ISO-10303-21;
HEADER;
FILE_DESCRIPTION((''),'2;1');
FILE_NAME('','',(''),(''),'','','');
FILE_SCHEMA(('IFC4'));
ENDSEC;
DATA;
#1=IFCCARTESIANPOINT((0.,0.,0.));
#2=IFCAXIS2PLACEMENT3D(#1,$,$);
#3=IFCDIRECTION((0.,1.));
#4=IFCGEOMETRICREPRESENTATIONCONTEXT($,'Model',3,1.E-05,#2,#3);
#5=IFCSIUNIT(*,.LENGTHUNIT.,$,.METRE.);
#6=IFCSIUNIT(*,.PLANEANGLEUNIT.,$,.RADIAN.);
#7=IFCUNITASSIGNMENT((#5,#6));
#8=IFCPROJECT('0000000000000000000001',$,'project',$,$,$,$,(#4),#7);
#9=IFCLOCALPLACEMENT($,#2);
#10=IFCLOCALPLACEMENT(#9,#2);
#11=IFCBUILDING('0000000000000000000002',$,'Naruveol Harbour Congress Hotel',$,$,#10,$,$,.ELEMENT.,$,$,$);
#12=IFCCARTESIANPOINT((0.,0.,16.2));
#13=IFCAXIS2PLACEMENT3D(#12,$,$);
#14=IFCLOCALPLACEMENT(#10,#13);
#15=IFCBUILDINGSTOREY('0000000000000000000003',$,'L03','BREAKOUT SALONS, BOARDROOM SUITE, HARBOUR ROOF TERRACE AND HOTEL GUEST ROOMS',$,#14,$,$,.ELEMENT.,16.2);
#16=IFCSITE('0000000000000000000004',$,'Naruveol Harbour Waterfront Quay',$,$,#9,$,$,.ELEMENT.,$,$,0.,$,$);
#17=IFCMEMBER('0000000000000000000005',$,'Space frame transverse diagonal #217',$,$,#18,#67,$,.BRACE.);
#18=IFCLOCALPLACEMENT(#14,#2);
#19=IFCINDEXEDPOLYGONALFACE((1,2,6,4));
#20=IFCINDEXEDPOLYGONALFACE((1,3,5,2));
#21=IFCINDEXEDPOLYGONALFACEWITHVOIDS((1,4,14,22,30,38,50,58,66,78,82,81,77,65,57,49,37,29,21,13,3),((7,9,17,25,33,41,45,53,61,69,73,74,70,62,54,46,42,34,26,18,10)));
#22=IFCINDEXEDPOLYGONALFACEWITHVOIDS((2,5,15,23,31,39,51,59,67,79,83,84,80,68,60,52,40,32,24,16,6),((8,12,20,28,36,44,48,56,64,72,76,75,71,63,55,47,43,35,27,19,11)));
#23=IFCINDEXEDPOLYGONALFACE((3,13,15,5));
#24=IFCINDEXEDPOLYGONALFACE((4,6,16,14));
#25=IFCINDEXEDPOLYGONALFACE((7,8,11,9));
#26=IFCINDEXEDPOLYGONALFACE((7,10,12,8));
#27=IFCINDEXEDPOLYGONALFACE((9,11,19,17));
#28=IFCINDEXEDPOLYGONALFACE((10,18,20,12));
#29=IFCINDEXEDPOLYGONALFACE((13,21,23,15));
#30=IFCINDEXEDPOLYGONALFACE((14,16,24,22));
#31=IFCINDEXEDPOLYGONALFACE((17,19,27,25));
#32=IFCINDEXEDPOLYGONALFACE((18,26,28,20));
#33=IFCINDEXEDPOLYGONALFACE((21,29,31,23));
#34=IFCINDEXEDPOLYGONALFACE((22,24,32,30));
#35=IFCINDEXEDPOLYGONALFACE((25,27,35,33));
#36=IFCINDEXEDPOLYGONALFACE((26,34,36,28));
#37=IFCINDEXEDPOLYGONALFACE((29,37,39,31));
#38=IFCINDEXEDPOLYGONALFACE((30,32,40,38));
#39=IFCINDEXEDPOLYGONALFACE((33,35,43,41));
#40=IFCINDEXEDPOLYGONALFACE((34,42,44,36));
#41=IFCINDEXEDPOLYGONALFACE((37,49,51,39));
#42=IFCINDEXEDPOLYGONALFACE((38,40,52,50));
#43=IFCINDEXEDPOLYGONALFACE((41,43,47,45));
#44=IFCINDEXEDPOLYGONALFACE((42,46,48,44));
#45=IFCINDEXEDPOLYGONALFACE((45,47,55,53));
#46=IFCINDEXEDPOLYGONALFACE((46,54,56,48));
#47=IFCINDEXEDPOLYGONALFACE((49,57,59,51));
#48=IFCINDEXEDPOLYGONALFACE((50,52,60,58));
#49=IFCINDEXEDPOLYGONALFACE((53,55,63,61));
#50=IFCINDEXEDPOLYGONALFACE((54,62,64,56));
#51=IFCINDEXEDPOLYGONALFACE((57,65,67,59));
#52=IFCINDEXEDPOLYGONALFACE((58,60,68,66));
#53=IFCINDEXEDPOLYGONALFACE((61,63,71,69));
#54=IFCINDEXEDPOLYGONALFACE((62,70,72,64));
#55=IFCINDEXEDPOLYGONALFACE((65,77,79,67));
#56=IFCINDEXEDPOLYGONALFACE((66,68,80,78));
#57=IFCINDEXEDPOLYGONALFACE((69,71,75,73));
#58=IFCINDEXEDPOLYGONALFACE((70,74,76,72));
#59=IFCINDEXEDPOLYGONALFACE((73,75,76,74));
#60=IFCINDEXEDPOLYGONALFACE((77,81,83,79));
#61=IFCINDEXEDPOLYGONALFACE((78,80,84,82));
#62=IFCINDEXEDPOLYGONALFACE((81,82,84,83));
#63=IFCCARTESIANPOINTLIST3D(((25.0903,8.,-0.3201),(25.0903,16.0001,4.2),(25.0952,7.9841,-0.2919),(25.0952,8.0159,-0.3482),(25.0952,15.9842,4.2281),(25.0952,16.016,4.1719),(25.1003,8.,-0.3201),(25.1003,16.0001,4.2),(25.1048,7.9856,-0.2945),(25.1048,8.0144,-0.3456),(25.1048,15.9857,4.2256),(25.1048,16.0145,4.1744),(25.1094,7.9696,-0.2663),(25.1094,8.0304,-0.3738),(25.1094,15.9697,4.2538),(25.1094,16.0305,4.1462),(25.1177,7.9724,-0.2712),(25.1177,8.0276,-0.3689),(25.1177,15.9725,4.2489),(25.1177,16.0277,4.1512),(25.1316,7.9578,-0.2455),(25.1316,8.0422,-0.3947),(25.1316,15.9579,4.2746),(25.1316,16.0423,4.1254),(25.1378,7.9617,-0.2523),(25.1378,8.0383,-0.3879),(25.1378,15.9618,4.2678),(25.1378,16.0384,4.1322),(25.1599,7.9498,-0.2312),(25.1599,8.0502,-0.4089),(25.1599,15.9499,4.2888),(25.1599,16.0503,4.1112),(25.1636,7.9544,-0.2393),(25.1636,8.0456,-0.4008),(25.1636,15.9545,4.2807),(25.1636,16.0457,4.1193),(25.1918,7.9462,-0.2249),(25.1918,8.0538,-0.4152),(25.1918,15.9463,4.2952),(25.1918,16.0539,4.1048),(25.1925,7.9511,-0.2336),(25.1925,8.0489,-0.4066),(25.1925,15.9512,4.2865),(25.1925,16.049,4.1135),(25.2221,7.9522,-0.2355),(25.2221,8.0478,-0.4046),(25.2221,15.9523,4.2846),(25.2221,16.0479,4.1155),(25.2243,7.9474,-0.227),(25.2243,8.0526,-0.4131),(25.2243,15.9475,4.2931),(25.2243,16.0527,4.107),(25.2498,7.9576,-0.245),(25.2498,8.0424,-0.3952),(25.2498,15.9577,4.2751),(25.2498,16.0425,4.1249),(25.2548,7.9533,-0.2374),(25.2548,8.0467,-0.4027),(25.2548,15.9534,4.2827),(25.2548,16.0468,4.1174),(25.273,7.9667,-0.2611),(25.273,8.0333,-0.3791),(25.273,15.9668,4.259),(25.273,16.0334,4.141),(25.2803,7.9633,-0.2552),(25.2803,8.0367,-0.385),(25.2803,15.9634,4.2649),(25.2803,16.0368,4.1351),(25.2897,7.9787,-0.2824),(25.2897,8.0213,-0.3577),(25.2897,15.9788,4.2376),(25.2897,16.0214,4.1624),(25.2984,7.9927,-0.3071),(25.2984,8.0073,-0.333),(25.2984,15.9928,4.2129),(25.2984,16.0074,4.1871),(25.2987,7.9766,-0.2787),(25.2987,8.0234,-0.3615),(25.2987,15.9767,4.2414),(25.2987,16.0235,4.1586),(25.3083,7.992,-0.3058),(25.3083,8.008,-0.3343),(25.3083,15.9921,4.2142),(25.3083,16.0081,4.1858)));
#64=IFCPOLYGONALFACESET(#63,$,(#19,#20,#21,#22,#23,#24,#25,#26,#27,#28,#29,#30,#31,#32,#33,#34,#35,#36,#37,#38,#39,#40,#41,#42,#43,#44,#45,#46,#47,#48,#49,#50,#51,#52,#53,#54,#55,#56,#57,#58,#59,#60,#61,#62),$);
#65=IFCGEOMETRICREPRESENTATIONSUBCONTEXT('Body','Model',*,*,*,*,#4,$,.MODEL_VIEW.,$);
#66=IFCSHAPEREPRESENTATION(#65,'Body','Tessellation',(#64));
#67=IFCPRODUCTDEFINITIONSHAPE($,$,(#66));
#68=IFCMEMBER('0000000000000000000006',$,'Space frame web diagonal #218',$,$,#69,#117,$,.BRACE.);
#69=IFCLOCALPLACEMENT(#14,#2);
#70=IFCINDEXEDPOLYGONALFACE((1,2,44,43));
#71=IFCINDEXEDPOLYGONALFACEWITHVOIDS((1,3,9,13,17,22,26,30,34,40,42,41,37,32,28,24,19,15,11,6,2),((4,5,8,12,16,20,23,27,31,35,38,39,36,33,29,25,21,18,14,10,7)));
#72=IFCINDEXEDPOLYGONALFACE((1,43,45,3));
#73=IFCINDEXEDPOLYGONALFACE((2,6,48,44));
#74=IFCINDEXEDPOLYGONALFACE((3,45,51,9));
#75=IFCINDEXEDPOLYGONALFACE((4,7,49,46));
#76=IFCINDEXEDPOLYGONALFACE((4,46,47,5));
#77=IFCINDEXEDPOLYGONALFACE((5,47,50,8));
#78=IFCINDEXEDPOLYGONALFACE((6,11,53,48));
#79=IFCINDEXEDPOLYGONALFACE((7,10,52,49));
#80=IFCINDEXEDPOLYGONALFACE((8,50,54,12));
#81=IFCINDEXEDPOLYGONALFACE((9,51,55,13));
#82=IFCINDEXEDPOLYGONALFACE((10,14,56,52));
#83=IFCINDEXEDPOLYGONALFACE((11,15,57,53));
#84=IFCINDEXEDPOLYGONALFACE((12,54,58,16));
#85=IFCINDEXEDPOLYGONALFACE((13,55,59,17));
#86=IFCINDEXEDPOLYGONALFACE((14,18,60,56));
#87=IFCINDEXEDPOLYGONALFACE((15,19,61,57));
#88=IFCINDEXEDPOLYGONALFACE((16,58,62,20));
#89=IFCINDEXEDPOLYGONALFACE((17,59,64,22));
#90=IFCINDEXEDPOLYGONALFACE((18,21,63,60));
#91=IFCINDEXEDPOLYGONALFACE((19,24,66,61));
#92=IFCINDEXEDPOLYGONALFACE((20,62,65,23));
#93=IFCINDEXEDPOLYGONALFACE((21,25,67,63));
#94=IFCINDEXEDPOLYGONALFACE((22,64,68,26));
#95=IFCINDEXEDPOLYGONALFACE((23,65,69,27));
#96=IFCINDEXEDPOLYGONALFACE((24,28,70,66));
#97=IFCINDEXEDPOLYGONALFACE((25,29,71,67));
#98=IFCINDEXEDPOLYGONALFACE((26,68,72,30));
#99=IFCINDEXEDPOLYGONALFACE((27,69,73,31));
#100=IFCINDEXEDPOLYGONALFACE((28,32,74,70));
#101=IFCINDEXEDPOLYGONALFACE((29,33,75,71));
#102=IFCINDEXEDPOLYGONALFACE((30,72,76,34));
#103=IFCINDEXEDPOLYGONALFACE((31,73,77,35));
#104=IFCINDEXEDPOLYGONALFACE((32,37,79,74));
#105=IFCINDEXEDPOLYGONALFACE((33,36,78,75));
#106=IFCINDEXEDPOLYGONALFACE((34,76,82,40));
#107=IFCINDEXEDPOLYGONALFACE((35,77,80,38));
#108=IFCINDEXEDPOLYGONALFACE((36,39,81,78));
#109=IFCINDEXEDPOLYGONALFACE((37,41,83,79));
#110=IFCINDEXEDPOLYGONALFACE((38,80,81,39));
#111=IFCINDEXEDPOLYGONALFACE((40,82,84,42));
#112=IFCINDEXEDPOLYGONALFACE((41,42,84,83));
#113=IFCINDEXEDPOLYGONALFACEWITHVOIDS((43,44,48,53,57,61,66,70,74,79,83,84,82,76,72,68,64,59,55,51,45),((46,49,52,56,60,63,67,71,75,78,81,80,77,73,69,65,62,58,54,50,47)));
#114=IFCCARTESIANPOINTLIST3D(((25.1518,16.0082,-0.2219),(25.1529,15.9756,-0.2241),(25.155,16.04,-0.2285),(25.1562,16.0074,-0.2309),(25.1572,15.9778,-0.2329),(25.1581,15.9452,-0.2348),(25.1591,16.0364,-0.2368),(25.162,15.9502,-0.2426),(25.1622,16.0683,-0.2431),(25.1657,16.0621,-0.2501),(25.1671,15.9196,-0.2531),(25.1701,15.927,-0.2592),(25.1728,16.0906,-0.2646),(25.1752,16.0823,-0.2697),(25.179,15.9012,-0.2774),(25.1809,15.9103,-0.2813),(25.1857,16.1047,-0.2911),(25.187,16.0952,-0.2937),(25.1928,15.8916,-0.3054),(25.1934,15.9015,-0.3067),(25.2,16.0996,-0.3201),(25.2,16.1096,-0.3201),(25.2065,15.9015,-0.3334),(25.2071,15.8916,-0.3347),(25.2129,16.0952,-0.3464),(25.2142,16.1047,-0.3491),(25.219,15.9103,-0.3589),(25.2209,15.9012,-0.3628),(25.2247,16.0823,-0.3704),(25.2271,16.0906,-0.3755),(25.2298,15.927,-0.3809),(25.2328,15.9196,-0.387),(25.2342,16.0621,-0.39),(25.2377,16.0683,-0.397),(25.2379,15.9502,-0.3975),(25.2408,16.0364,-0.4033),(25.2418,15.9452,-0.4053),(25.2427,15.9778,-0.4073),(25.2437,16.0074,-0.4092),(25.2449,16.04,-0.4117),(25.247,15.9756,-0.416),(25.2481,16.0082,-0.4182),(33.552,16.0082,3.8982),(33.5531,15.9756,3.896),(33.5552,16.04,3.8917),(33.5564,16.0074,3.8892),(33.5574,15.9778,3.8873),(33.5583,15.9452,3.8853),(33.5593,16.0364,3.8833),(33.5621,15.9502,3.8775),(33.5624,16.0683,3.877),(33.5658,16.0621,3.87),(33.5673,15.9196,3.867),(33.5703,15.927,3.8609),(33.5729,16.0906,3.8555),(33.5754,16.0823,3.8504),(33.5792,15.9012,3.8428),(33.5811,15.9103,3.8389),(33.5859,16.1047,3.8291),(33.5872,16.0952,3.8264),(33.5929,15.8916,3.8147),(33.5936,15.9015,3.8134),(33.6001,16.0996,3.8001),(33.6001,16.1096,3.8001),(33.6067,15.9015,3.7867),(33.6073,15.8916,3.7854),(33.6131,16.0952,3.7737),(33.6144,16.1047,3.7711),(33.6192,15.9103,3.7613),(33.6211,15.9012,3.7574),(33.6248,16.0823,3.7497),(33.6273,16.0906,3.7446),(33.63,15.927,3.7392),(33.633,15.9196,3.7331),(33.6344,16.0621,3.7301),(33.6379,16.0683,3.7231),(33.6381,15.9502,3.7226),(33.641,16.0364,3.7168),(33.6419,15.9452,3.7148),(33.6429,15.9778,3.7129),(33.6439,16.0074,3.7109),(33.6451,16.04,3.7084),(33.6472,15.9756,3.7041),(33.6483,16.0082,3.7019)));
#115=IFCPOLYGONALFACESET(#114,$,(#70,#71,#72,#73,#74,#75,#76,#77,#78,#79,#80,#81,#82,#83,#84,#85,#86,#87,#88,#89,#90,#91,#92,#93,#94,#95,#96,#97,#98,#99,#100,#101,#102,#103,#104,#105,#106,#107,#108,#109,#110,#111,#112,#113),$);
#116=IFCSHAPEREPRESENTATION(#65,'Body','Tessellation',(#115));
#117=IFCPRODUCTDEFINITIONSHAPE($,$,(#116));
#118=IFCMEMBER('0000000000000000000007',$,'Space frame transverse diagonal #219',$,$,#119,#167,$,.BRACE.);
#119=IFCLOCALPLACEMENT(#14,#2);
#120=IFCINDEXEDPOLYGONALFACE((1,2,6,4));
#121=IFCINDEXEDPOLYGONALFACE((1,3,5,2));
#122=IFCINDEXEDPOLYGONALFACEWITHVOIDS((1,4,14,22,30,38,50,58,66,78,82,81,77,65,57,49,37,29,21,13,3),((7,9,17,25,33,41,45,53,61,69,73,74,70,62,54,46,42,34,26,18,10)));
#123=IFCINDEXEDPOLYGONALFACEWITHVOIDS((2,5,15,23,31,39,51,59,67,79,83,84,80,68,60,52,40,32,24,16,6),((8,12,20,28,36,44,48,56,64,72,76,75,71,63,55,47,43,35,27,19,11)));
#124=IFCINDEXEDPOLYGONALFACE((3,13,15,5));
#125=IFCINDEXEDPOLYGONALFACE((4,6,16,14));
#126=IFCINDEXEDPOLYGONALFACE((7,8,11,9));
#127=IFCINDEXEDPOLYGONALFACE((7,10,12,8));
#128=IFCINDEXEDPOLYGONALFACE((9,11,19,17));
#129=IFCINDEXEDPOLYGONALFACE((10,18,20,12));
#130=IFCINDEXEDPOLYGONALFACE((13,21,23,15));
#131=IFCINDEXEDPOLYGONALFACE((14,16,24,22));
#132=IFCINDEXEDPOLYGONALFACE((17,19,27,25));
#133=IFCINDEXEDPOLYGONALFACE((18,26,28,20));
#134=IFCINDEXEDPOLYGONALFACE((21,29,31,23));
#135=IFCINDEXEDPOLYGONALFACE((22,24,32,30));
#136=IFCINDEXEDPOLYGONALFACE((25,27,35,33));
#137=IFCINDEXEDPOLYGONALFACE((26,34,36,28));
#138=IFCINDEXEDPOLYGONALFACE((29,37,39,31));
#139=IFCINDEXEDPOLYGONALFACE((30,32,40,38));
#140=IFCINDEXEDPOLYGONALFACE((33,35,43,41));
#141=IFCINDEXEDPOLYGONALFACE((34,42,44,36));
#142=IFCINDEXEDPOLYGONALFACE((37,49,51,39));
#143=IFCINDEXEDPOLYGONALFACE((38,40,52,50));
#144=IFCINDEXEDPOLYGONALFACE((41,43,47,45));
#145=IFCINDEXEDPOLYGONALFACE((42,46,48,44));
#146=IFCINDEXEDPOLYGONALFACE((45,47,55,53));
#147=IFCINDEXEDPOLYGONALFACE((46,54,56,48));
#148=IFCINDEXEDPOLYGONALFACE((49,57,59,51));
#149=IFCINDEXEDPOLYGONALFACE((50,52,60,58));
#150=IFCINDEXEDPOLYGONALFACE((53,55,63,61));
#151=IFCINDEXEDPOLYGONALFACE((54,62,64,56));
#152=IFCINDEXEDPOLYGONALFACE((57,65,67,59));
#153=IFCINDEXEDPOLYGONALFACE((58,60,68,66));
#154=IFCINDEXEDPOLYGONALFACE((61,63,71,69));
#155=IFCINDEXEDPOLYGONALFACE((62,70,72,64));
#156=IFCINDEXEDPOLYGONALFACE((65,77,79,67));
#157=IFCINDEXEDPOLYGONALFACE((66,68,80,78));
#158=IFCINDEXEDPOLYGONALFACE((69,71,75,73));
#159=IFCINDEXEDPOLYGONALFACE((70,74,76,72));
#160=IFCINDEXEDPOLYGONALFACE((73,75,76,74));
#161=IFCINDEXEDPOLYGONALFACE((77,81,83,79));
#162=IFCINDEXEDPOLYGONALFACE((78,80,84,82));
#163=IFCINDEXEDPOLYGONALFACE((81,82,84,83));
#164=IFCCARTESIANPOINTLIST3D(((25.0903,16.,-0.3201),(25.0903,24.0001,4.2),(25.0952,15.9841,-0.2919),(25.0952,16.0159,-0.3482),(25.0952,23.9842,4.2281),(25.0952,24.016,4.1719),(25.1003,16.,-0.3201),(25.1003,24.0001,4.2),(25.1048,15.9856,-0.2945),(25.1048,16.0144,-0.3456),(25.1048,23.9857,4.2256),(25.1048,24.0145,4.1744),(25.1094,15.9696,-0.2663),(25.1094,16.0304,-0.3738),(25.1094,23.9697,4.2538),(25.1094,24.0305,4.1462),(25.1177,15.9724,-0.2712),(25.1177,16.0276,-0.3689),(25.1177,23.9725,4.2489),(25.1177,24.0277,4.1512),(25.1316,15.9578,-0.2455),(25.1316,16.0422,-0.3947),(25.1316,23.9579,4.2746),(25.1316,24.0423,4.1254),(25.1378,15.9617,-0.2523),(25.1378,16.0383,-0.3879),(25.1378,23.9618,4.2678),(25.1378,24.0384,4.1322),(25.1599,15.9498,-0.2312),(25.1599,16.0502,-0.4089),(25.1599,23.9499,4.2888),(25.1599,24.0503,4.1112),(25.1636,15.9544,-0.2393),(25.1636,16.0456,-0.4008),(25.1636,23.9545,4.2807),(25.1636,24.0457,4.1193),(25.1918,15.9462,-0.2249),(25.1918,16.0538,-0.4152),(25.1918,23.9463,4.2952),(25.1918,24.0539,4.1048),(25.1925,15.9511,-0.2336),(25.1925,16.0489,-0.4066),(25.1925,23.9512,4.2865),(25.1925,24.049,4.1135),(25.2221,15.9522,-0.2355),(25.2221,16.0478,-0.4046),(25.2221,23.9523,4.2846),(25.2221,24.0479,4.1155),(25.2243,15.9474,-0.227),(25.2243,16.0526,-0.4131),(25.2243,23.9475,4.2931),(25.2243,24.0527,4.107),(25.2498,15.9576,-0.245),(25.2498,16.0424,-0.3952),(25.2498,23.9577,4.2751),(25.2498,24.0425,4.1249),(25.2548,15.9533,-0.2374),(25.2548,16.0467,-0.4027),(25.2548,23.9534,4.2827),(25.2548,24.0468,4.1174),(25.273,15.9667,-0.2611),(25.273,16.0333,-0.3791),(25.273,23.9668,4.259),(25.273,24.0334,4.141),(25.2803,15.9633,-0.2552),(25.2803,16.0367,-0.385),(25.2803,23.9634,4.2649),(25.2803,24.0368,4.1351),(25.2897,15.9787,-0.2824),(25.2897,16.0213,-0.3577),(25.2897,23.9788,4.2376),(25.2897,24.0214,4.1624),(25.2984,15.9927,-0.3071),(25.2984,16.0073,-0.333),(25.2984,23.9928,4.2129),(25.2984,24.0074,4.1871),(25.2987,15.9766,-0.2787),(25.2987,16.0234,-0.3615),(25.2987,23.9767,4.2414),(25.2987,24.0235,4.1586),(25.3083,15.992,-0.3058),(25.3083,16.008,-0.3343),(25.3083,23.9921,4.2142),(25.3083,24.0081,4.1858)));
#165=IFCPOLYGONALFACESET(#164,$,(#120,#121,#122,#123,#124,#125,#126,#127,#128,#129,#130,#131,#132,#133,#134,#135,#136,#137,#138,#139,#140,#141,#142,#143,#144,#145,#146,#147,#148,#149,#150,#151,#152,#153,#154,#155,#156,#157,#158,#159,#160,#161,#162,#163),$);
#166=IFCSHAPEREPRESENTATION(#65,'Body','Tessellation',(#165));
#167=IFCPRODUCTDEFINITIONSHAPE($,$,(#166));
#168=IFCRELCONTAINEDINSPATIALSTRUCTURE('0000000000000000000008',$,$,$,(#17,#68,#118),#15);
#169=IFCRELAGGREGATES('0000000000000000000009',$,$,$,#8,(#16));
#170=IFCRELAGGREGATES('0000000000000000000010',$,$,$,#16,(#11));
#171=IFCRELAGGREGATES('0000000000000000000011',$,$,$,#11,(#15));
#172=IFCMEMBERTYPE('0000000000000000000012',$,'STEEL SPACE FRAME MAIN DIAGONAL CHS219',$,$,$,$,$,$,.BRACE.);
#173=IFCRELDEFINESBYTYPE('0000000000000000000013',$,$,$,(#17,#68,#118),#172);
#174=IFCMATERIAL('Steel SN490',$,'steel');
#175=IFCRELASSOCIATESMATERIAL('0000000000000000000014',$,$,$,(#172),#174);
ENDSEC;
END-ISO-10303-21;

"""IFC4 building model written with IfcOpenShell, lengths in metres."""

from ifc_helpers import new_model, si_unit, direction, frame, origin, origin_2d, place, context, subcontext, project, spatial, hollow_circle, extrude, material, material_profile, profile_set, type_object, element, save


model = new_model("IFC4")

# Units and contexts
model_context = context("Model", 3, precision=1e-05, world=origin(), true_north=direction((0.0, 1.0)))
body_context = subcontext(model_context, "Body", "Model", "MODEL_VIEW")
ifc_project = project(units=[si_unit("LENGTHUNIT", "METRE"), si_unit("PLANEANGLEUNIT", "RADIAN")], contexts=[model_context])

# Site, building, storey
site_placement = place(None, origin())
site = spatial("IfcSite", under=ifc_project, at=site_placement, Name="Naruveol Harbour Waterfront Quay", CompositionType="ELEMENT", RefElevation=0.0)
building_placement = place(site_placement, origin())
building = spatial("IfcBuilding", under=site, at=building_placement, Name="Naruveol Harbour Congress Hotel", CompositionType="ELEMENT")
storey_placement = place(building_placement, frame((0.0, 0.0, 16.2)))
storey = spatial("IfcBuildingStorey", under=building, at=storey_placement, Name="L03", Description="BREAKOUT SALONS, BOARDROOM SUITE, HARBOUR ROOF TERRACE AND HOTEL GUEST ROOMS", CompositionType="ELEMENT", Elevation=16.2)

# Members
ifc_material_1 = material(Name="Steel SN490", Category="steel")
ifc_material_profile_1 = material_profile(ifc_material_1, hollow_circle(Radius=0.1096, WallThickness=0.01, at=origin_2d()), Name="CHS-219.1x10")
ifc_profile_set_1 = profile_set([ifc_material_profile_1], Name="Steel SN490")
member_type_1 = type_object("IfcMemberType", Name="STEEL SPACE FRAME MAIN DIAGONAL CHS219", PredefinedType="BRACE", material=ifc_profile_set_1)
member_1_placement = place(storey_placement, frame((25.2, 8.0, -0.3201), z_axis=(0.0, 0.870643, 0.491915), x_axis=(-1.0, 0.0, 0.0)))
element("IfcMember", 1, at=member_1_placement, inside=storey, type_object=member_type_1, Name="Space frame transverse diagonal #217", PredefinedType="BRACE", context=body_context, shape_type="SweptSolid", body=[
    extrude(hollow_circle(Radius=0.1096, WallThickness=0.01, at=origin_2d()), origin(), (0.0, 0.0, 1.0), 9.1887),
])
member_2_placement = place(storey_placement, frame((25.2, 16.0, -0.3201), z_axis=(0.897819, 0.0, 0.440364), x_axis=(0.0, 1.0, 0.0)))
element("IfcMember", 2, at=member_2_placement, inside=storey, type_object=member_type_1, Name="Space frame web diagonal #218", PredefinedType="BRACE", context=body_context, shape_type="SweptSolid", body=[
    extrude(hollow_circle(Radius=0.1096, WallThickness=0.01, at=origin_2d()), origin(), (0.0, 0.0, 1.0), 9.3562),
])
member_3_placement = place(storey_placement, frame((25.2, 16.0, -0.3201), z_axis=(0.0, 0.870643, 0.491915), x_axis=(-1.0, 0.0, 0.0)))
element("IfcMember", 3, at=member_3_placement, inside=storey, type_object=member_type_1, Name="Space frame transverse diagonal #219", PredefinedType="BRACE", context=body_context, shape_type="SweptSolid", body=[
    extrude(hollow_circle(Radius=0.1096, WallThickness=0.01, at=origin_2d()), origin(), (0.0, 0.0, 1.0), 9.1887),
])

save(model, "model.ifc")
